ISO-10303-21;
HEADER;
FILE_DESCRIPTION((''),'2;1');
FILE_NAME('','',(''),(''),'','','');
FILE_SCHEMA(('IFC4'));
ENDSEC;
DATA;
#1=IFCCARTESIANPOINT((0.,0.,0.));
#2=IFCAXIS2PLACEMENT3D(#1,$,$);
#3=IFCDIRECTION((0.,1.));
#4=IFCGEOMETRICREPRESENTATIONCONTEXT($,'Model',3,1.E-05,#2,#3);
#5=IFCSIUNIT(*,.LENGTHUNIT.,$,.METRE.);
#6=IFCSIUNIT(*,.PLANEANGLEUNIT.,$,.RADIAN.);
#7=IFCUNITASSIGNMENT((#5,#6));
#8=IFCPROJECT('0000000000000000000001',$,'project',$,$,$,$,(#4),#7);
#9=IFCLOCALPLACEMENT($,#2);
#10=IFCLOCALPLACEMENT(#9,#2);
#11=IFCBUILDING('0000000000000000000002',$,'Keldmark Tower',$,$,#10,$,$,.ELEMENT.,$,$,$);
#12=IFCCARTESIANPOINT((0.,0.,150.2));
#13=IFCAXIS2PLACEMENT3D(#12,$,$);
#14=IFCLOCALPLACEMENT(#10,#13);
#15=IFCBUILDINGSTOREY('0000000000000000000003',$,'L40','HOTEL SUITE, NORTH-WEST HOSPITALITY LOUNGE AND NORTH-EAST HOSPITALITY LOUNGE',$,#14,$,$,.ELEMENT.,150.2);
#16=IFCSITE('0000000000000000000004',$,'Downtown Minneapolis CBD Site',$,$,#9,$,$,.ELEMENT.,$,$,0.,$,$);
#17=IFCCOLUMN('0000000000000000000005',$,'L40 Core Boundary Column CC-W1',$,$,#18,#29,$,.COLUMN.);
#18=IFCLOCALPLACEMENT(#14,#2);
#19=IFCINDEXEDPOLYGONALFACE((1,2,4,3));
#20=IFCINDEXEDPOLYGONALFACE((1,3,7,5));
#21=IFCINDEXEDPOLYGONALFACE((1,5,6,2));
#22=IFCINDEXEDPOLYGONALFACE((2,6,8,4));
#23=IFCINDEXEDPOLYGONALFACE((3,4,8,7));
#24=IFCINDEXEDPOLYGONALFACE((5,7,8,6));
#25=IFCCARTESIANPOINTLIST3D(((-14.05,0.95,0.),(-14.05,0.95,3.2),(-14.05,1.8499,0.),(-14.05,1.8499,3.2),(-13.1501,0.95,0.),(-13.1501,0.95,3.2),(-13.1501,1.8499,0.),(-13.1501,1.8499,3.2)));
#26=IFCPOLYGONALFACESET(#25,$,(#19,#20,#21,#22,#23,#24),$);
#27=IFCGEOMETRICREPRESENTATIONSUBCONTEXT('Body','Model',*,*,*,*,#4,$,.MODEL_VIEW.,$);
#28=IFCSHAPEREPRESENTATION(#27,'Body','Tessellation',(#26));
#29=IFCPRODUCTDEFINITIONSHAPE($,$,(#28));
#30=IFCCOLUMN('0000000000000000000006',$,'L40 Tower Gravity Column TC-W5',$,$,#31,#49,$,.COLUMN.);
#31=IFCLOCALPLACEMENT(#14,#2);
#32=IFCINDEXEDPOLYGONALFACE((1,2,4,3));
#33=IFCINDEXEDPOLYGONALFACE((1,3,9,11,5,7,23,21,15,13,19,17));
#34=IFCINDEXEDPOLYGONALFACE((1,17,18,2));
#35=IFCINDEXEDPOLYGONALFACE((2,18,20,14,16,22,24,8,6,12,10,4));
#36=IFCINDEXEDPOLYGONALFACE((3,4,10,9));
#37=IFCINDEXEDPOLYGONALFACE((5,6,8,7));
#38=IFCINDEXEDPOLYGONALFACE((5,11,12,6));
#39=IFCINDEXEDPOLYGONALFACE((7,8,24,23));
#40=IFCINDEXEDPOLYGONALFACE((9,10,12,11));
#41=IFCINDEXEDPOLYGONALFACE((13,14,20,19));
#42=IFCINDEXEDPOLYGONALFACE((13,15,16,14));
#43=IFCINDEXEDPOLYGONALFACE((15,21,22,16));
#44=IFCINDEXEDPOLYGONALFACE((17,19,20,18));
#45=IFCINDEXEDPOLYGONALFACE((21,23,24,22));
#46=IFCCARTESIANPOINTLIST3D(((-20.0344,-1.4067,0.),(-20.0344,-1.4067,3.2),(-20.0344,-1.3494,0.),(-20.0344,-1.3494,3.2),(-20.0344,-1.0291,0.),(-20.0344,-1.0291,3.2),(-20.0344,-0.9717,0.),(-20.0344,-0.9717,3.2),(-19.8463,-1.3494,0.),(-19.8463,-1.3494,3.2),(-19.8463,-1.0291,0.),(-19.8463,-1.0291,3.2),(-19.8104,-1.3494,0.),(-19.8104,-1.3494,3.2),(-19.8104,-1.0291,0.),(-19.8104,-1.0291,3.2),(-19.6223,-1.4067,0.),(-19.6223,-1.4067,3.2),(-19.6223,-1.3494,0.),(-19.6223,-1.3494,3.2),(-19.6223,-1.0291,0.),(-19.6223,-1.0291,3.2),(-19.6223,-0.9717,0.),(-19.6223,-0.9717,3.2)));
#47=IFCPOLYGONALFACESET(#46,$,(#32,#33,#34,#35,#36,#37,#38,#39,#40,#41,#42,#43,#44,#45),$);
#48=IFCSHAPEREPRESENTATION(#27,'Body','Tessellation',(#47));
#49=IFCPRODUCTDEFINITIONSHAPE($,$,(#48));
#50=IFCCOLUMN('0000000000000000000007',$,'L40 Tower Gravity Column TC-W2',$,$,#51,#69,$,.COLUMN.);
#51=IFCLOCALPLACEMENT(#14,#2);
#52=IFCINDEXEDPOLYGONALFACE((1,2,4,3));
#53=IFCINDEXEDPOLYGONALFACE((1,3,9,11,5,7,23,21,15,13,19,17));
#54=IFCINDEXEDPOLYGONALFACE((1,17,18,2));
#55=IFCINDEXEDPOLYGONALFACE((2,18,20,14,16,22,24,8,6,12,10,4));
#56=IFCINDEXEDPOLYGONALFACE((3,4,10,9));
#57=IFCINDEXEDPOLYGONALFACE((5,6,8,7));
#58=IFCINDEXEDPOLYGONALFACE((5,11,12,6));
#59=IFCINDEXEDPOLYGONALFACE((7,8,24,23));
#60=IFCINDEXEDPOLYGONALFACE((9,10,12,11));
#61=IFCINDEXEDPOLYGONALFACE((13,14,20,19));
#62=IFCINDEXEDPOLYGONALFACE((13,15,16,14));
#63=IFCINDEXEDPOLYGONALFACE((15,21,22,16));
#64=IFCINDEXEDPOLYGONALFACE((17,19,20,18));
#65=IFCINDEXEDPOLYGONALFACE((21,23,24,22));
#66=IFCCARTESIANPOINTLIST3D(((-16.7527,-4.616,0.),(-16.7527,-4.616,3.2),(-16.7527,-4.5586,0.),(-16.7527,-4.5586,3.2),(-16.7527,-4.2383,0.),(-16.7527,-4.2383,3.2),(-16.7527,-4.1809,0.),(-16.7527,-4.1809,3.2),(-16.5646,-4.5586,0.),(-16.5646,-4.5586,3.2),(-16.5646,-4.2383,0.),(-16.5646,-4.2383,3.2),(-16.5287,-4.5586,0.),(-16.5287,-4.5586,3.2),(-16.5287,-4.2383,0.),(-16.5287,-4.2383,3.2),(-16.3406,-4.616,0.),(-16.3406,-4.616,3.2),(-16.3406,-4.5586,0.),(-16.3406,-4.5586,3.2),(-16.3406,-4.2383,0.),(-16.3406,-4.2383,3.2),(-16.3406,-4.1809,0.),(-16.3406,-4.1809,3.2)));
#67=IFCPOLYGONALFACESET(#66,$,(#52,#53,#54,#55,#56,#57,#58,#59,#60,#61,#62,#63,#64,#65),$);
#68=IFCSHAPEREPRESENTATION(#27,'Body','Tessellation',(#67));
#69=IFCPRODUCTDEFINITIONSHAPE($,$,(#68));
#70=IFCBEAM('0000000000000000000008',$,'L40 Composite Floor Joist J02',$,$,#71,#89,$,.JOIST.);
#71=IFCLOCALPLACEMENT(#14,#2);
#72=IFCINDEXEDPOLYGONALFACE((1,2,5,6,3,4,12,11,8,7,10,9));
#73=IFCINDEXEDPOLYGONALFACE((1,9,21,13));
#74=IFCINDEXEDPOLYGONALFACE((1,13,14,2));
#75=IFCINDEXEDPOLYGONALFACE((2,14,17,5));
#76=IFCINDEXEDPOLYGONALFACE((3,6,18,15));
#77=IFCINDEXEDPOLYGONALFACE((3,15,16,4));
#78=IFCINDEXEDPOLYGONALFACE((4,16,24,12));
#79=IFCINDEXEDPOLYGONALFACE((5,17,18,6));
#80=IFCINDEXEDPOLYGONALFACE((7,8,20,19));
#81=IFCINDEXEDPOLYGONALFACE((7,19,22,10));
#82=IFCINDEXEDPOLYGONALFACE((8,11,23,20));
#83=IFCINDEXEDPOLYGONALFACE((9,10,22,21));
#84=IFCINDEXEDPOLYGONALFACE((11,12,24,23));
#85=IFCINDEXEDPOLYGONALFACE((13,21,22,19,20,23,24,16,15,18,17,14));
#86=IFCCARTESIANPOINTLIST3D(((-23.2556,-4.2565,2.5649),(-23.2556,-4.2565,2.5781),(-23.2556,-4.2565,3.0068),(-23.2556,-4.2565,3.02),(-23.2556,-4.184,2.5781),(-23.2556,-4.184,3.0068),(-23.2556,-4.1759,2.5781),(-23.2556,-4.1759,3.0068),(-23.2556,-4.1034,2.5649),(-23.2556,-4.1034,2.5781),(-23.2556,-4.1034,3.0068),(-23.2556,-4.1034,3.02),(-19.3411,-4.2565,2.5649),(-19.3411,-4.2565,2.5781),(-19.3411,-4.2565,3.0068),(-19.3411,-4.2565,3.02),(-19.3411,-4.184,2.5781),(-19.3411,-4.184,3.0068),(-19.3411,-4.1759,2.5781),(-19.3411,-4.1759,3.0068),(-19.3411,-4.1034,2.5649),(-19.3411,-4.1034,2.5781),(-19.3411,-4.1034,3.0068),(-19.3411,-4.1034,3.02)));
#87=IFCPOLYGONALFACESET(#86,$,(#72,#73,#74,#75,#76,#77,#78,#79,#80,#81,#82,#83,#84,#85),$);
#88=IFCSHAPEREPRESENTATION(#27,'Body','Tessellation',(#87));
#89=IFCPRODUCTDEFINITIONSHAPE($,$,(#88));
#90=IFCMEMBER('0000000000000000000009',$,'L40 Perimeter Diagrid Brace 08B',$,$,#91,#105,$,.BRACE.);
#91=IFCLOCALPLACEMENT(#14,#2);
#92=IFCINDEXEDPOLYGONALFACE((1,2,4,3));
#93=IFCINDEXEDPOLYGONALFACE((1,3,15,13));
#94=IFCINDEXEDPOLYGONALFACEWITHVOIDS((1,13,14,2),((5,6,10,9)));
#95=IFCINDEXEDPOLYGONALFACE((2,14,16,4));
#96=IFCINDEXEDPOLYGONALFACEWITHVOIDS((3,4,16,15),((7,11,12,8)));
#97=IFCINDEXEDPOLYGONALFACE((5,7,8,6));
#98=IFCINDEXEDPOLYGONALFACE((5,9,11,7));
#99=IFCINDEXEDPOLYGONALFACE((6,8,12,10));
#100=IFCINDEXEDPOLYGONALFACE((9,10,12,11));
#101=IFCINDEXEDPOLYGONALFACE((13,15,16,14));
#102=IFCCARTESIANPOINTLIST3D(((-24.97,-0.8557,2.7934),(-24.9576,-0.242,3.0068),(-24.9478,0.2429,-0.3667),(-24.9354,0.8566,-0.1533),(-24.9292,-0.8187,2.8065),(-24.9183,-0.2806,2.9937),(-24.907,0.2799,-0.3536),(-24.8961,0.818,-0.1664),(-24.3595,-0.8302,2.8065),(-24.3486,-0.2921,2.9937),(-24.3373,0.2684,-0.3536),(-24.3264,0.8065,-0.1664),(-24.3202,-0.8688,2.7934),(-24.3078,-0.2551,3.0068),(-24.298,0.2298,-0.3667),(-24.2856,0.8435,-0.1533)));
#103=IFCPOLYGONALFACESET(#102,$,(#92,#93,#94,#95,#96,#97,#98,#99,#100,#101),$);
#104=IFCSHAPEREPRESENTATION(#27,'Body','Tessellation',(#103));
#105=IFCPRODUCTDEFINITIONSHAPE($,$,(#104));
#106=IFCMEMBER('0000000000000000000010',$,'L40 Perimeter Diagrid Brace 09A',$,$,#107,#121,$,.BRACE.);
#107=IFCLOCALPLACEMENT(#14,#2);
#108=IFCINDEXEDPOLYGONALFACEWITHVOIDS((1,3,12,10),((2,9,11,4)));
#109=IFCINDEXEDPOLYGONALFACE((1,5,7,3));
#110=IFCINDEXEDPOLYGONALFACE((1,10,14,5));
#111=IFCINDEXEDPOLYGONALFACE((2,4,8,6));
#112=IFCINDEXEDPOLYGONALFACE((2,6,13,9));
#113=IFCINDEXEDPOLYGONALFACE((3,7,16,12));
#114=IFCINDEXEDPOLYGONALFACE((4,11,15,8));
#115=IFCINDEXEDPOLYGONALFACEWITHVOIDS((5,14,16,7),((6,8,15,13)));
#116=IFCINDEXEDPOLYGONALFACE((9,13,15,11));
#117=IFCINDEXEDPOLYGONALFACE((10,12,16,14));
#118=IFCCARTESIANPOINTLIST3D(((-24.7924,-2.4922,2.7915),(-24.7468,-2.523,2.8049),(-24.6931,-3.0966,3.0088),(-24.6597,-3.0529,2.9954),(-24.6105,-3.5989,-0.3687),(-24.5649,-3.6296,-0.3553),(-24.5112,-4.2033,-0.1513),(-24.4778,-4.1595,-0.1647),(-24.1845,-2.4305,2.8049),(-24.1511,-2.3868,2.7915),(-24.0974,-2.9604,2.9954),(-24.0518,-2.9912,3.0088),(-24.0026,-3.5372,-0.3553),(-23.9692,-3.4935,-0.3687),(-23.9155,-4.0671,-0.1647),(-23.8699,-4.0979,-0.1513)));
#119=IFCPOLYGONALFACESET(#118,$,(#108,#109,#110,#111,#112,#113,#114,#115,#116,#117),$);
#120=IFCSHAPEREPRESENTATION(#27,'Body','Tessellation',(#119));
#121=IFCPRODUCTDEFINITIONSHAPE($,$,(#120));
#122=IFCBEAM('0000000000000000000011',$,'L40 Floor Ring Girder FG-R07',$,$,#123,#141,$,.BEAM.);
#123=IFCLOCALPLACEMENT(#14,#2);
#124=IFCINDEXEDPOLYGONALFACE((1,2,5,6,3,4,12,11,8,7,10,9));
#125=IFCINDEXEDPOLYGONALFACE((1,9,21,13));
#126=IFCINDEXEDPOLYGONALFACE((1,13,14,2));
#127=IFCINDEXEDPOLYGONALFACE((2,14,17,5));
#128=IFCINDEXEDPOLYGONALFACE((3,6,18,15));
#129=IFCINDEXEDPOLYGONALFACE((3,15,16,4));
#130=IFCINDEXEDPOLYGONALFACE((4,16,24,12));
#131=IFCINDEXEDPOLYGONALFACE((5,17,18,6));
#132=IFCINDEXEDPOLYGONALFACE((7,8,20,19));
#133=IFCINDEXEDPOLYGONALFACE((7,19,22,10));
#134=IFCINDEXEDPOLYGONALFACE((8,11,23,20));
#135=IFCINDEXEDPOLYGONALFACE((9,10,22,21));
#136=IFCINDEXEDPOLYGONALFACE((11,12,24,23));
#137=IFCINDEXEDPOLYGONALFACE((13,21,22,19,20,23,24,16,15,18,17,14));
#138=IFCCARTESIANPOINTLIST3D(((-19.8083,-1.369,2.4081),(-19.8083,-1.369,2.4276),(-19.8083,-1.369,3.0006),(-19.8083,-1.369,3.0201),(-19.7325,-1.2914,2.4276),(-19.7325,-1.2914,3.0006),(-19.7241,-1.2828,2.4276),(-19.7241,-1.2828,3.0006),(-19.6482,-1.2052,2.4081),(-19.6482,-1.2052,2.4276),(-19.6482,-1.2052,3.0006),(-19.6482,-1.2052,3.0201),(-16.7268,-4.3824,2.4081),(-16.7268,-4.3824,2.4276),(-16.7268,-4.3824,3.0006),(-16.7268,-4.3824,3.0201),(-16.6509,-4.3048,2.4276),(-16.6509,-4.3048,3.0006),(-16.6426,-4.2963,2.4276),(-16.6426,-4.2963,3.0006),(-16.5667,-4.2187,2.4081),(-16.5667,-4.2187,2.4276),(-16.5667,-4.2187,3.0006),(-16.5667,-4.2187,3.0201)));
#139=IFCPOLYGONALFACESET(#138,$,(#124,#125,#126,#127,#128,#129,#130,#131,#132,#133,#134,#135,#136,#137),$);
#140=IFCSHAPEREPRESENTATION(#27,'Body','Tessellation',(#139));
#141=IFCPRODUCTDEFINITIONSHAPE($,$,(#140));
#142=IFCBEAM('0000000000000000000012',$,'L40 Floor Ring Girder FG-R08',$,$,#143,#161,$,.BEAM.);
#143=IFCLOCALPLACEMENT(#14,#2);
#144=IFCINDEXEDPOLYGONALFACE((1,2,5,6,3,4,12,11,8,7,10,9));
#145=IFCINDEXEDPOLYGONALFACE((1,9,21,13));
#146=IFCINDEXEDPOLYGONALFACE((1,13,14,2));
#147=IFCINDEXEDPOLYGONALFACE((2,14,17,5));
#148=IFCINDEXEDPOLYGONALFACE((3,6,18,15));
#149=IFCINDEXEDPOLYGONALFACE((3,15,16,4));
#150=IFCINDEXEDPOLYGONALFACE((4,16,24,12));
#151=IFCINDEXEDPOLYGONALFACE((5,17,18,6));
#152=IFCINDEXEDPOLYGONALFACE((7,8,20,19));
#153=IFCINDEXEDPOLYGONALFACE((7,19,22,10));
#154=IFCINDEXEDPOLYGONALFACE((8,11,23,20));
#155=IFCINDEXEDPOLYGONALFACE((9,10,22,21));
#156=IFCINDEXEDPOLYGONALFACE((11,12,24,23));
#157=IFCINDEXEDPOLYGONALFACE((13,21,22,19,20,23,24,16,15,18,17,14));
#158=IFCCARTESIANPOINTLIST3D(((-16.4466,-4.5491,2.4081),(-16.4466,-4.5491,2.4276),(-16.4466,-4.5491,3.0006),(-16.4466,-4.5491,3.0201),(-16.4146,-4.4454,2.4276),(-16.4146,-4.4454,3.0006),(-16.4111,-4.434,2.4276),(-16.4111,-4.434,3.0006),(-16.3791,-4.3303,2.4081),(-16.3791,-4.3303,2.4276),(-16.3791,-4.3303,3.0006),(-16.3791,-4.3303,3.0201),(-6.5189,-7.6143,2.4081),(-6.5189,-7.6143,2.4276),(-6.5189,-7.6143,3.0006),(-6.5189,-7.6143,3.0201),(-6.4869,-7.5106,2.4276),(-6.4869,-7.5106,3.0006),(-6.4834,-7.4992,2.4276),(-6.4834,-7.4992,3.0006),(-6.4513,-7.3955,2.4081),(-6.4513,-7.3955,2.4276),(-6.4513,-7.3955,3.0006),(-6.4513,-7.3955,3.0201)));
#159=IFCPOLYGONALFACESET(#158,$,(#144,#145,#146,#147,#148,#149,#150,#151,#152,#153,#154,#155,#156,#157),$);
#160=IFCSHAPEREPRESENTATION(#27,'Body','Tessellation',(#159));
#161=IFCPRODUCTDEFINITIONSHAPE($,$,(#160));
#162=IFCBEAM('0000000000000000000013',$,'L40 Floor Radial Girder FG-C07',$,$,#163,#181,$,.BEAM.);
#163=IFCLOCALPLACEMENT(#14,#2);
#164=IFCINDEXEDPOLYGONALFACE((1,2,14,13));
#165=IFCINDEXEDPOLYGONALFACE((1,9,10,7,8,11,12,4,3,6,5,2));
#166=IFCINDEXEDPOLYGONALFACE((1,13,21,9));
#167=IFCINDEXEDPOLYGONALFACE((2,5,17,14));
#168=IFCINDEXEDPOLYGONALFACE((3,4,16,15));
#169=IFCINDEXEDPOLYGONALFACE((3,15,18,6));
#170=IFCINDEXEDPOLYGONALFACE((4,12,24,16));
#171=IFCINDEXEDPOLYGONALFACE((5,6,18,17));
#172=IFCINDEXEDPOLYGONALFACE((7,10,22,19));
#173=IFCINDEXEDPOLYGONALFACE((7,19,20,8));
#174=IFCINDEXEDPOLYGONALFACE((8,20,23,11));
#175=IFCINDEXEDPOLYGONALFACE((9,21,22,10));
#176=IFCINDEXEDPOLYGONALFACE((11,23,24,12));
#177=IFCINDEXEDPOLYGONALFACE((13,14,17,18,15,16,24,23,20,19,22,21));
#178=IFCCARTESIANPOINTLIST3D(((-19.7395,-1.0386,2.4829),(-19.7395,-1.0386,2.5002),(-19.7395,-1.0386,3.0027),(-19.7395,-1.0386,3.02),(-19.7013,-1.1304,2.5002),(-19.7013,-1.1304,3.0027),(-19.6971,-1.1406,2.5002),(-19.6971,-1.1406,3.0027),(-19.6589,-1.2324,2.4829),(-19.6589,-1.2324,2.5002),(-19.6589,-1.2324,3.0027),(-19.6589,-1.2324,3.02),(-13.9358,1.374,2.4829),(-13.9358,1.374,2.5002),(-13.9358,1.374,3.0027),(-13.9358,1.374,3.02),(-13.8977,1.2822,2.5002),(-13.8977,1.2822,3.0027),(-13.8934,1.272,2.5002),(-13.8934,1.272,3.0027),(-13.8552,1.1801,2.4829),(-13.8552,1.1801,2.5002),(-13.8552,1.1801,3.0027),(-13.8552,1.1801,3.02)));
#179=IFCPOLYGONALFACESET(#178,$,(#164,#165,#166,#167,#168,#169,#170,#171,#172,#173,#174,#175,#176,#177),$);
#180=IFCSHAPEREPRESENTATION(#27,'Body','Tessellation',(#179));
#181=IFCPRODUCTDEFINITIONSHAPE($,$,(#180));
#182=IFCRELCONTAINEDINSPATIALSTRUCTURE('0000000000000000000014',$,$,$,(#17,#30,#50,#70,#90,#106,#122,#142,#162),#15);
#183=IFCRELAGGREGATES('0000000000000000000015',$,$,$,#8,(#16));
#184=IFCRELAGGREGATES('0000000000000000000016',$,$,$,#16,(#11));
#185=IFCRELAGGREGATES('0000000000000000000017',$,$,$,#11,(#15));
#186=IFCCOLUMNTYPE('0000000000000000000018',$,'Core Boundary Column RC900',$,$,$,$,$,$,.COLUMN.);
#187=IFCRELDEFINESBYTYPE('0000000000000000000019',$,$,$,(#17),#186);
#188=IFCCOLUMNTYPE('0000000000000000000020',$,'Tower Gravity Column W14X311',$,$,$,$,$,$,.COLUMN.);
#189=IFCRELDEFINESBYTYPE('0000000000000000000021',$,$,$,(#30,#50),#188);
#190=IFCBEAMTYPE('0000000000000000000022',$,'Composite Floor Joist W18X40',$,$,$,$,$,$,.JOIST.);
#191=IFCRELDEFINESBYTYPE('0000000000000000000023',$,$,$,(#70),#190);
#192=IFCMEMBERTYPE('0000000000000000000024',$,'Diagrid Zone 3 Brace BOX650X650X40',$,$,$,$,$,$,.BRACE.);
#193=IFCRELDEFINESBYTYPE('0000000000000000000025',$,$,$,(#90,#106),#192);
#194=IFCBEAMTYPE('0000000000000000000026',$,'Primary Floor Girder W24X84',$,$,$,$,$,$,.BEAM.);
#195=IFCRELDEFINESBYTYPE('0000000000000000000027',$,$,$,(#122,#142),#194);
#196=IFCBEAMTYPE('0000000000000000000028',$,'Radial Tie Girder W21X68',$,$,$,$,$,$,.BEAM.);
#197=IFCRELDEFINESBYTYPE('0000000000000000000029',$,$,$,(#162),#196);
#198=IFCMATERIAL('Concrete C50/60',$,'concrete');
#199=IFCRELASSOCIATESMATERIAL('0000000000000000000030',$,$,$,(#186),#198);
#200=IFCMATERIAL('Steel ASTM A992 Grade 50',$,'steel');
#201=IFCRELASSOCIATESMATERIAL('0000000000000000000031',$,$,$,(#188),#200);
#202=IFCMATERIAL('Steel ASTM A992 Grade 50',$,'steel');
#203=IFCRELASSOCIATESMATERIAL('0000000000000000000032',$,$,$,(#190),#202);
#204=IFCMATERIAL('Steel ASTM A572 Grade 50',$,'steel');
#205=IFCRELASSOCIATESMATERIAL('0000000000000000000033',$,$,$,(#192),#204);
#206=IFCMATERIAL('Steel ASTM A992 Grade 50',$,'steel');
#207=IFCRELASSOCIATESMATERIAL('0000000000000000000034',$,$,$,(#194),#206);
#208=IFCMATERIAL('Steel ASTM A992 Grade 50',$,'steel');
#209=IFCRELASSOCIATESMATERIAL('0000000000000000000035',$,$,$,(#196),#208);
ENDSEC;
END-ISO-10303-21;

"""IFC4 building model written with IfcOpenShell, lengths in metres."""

from ifc_helpers import new_model, si_unit, direction, frame, origin, origin_2d, place, context, subcontext, project, spatial, rectangle, hollow_rectangle, i_section, extrude, material, material_profile, profile_set, type_object, element, save


model = new_model("IFC4")

# Units and contexts
model_context = context("Model", 3, precision=1e-05, world=origin(), true_north=direction((0.0, 1.0)))
body_context = subcontext(model_context, "Body", "Model", "MODEL_VIEW")
ifc_project = project(units=[si_unit("LENGTHUNIT", "METRE"), si_unit("PLANEANGLEUNIT", "RADIAN")], contexts=[model_context])

# Site, building, storey
site_placement = place(None, origin())
site = spatial("IfcSite", under=ifc_project, at=site_placement, Name="Downtown Minneapolis CBD Site", CompositionType="ELEMENT", RefElevation=0.0)
building_placement = place(site_placement, origin())
building = spatial("IfcBuilding", under=site, at=building_placement, Name="Keldmark Tower", CompositionType="ELEMENT")
storey_placement = place(building_placement, frame((0.0, 0.0, 150.2)))
storey = spatial("IfcBuildingStorey", under=building, at=storey_placement, Name="L40", Description="HOTEL SUITE, NORTH-WEST HOSPITALITY LOUNGE AND NORTH-EAST HOSPITALITY LOUNGE", CompositionType="ELEMENT", Elevation=150.2)

# Columns
ifc_material_1 = material(Name="Concrete C50/60", Category="concrete")
ifc_material_profile_1 = material_profile(ifc_material_1, rectangle(XDim=0.8999, YDim=0.8999, at=origin_2d()), Name="RC900X900")
ifc_profile_set_1 = profile_set([ifc_material_profile_1], Name="Concrete C50/60")
column_type_1 = type_object("IfcColumnType", Name="Core Boundary Column RC900", PredefinedType="COLUMN", material=ifc_profile_set_1)
column_placement = place(storey_placement, frame((-13.6001, 1.3999, 0.0), z_axis=(0.0, 0.0, 1.0), x_axis=(1.0, 0.0, 0.0)))
element("IfcColumn", 1, at=column_placement, inside=storey, type_object=column_type_1, Name="L40 Core Boundary Column CC-W1", PredefinedType="COLUMN", context=body_context, shape_type="SweptSolid", body=[
    extrude(rectangle(XDim=0.8999, YDim=0.8999, at=origin_2d()), origin(), (0.0, 0.0, 1.0), 3.2),
])
ifc_material_2 = material(Name="Steel ASTM A992 Grade 50", Category="steel")
ifc_material_profile_2 = material_profile(ifc_material_2, i_section(OverallWidth=0.4121, OverallDepth=0.4351, WebThickness=0.0359, FlangeThickness=0.0574, at=origin_2d()), Name="W14X311")
ifc_profile_set_2 = profile_set([ifc_material_profile_2], Name="Steel ASTM A992 Grade 50")
column_type_2 = type_object("IfcColumnType", Name="Tower Gravity Column W14X311", PredefinedType="COLUMN", material=ifc_profile_set_2)
for number, where, z_axis, x_axis, name in (
    (2, (-19.8284, -1.1892, 0.0), (0.0, 0.0, 1.0), (1.0, 0.0, 0.0), "L40 Tower Gravity Column TC-W5"),
    (3, (-16.5466, -4.3984, 0.0), (0.0, 0.0, 1.0), (1.0, 0.0, 0.0), "L40 Tower Gravity Column TC-W2"),
):
    element("IfcColumn", number, at=place(storey_placement, frame(where, z_axis=z_axis, x_axis=x_axis)), inside=storey, type_object=column_type_2, Name=name, PredefinedType="COLUMN", context=body_context, shape_type="SweptSolid", body=[
        extrude(i_section(OverallWidth=0.4121, OverallDepth=0.4351, WebThickness=0.0359, FlangeThickness=0.0574, at=origin_2d()), origin(), (0.0, 0.0, 1.0), 3.2),
    ])

# Beam
ifc_material_3 = material(Name="Steel ASTM A992 Grade 50", Category="steel")
ifc_material_profile_3 = material_profile(ifc_material_3, i_section(OverallWidth=0.1531, OverallDepth=0.4551, WebThickness=0.0081, FlangeThickness=0.0132, at=origin_2d()), Name="W18X40")
ifc_profile_set_3 = profile_set([ifc_material_profile_3], Name="Steel ASTM A992 Grade 50")
beam_type_1 = type_object("IfcBeamType", Name="Composite Floor Joist W18X40", PredefinedType="JOIST", material=ifc_profile_set_3)
beam_1_placement = place(storey_placement, frame((-23.2556, -4.1799, 2.7925), z_axis=(1.0, 0.0, 0.0), x_axis=(0.0, 1.0, 0.0)))
element("IfcBeam", 4, at=beam_1_placement, inside=storey, type_object=beam_type_1, Name="L40 Composite Floor Joist J02", PredefinedType="JOIST", context=body_context, shape_type="SweptSolid", body=[
    extrude(i_section(OverallWidth=0.1531, OverallDepth=0.4551, WebThickness=0.0081, FlangeThickness=0.0132, at=origin_2d()), origin(), (0.0, 0.0, 1.0), 3.9146),
])

# Members
ifc_material_4 = material(Name="Steel ASTM A572 Grade 50", Category="steel")
ifc_material_profile_4 = material_profile(ifc_material_4, hollow_rectangle(XDim=0.6499, YDim=0.6499, WallThickness=0.04, at=origin_2d()), Name="BOX650X650X40")
ifc_profile_set_4 = profile_set([ifc_material_profile_4], Name="Steel ASTM A572 Grade 50")
member_type = type_object("IfcMemberType", Name="Diagrid Zone 3 Brace BOX650X650X40", PredefinedType="BRACE", material=ifc_profile_set_4)
member_1_placement = place(storey_placement, frame((-24.6167, 0.5432, -0.26), z_axis=(-0.00664, -0.328366, 0.944527), x_axis=(0.999796, -0.020218, 0.0)))
element("IfcMember", 5, at=member_1_placement, inside=storey, type_object=member_type, Name="L40 Perimeter Diagrid Brace 08B", PredefinedType="BRACE", context=body_context, shape_type="SweptSolid", body=[
    extrude(hollow_rectangle(XDim=0.6499, YDim=0.6499, WallThickness=0.04, at=origin_2d()), origin(), (0.0, 0.0, 1.0), 3.3457),
])
member_2_placement = place(storey_placement, frame((-24.2402, -3.8484, -0.26), z_axis=(-0.054241, 0.330033, 0.94241), x_axis=(-0.986762, -0.162175, 0.0)))
element("IfcMember", 6, at=member_2_placement, inside=storey, type_object=member_type, Name="L40 Perimeter Diagrid Brace 09A", PredefinedType="BRACE", context=body_context, shape_type="SweptSolid", body=[
    extrude(hollow_rectangle(XDim=0.6499, YDim=0.6499, WallThickness=0.04, at=origin_2d()), origin(), (0.0, 0.0, 1.0), 3.3533),
])

# Beams
ifc_material_5 = material(Name="Steel ASTM A992 Grade 50", Category="steel")
ifc_material_profile_5 = material_profile(ifc_material_5, i_section(OverallWidth=0.229, OverallDepth=0.6121, WebThickness=0.012, FlangeThickness=0.0195, at=origin_2d()), Name="W24X84")
ifc_profile_set_5 = profile_set([ifc_material_profile_5], Name="Steel ASTM A992 Grade 50")
beam_type_2 = type_object("IfcBeamType", Name="Primary Floor Girder W24X84", PredefinedType="BEAM", material=ifc_profile_set_5)
beam_2_placement = place(storey_placement, frame((-19.7283, -1.2871, 2.7141), z_axis=(0.714965, -0.699161, 0.0), x_axis=(0.699161, 0.714965, 0.0)))
element("IfcBeam", 7, at=beam_2_placement, inside=storey, type_object=beam_type_2, Name="L40 Floor Ring Girder FG-R07", PredefinedType="BEAM", context=body_context, shape_type="SweptSolid", body=[
    extrude(i_section(OverallWidth=0.229, OverallDepth=0.6121, WebThickness=0.012, FlangeThickness=0.0195, at=origin_2d()), origin(), (0.0, 0.0, 1.0), 4.3101),
])
beam_3_placement = place(storey_placement, frame((-16.4128, -4.4397, 2.7141), z_axis=(0.955495, -0.295009, 0.0), x_axis=(0.295009, 0.955495, 0.0)))
element("IfcBeam", 8, at=beam_3_placement, inside=storey, type_object=beam_type_2, Name="L40 Floor Ring Girder FG-R08", PredefinedType="BEAM", context=body_context, shape_type="SweptSolid", body=[
    extrude(i_section(OverallWidth=0.229, OverallDepth=0.6121, WebThickness=0.012, FlangeThickness=0.0195, at=origin_2d()), origin(), (0.0, 0.0, 1.0), 10.3901),
])
ifc_material_6 = material(Name="Steel ASTM A992 Grade 50", Category="steel")
ifc_material_profile_6 = material_profile(ifc_material_6, i_section(OverallWidth=0.21, OverallDepth=0.5371, WebThickness=0.011, FlangeThickness=0.0173, at=origin_2d()), Name="W21X68")
ifc_profile_set_6 = profile_set([ifc_material_profile_6], Name="Steel ASTM A992 Grade 50")
beam_type_3 = type_object("IfcBeamType", Name="Radial Tie Girder W21X68", PredefinedType="BEAM", material=ifc_profile_set_6)
beam_4_placement = place(storey_placement, frame((-19.6992, -1.1355, 2.7515), z_axis=(0.923394, 0.383854, 0.0), x_axis=(-0.383854, 0.923394, 0.0)))
element("IfcBeam", 9, at=beam_4_placement, inside=storey, type_object=beam_type_3, Name="L40 Floor Radial Girder FG-C07", PredefinedType="BEAM", context=body_context, shape_type="SweptSolid", body=[
    extrude(i_section(OverallWidth=0.21, OverallDepth=0.5371, WebThickness=0.011, FlangeThickness=0.0173, at=origin_2d()), origin(), (0.0, 0.0, 1.0), 6.2852),
])

save(model, "model.ifc")
